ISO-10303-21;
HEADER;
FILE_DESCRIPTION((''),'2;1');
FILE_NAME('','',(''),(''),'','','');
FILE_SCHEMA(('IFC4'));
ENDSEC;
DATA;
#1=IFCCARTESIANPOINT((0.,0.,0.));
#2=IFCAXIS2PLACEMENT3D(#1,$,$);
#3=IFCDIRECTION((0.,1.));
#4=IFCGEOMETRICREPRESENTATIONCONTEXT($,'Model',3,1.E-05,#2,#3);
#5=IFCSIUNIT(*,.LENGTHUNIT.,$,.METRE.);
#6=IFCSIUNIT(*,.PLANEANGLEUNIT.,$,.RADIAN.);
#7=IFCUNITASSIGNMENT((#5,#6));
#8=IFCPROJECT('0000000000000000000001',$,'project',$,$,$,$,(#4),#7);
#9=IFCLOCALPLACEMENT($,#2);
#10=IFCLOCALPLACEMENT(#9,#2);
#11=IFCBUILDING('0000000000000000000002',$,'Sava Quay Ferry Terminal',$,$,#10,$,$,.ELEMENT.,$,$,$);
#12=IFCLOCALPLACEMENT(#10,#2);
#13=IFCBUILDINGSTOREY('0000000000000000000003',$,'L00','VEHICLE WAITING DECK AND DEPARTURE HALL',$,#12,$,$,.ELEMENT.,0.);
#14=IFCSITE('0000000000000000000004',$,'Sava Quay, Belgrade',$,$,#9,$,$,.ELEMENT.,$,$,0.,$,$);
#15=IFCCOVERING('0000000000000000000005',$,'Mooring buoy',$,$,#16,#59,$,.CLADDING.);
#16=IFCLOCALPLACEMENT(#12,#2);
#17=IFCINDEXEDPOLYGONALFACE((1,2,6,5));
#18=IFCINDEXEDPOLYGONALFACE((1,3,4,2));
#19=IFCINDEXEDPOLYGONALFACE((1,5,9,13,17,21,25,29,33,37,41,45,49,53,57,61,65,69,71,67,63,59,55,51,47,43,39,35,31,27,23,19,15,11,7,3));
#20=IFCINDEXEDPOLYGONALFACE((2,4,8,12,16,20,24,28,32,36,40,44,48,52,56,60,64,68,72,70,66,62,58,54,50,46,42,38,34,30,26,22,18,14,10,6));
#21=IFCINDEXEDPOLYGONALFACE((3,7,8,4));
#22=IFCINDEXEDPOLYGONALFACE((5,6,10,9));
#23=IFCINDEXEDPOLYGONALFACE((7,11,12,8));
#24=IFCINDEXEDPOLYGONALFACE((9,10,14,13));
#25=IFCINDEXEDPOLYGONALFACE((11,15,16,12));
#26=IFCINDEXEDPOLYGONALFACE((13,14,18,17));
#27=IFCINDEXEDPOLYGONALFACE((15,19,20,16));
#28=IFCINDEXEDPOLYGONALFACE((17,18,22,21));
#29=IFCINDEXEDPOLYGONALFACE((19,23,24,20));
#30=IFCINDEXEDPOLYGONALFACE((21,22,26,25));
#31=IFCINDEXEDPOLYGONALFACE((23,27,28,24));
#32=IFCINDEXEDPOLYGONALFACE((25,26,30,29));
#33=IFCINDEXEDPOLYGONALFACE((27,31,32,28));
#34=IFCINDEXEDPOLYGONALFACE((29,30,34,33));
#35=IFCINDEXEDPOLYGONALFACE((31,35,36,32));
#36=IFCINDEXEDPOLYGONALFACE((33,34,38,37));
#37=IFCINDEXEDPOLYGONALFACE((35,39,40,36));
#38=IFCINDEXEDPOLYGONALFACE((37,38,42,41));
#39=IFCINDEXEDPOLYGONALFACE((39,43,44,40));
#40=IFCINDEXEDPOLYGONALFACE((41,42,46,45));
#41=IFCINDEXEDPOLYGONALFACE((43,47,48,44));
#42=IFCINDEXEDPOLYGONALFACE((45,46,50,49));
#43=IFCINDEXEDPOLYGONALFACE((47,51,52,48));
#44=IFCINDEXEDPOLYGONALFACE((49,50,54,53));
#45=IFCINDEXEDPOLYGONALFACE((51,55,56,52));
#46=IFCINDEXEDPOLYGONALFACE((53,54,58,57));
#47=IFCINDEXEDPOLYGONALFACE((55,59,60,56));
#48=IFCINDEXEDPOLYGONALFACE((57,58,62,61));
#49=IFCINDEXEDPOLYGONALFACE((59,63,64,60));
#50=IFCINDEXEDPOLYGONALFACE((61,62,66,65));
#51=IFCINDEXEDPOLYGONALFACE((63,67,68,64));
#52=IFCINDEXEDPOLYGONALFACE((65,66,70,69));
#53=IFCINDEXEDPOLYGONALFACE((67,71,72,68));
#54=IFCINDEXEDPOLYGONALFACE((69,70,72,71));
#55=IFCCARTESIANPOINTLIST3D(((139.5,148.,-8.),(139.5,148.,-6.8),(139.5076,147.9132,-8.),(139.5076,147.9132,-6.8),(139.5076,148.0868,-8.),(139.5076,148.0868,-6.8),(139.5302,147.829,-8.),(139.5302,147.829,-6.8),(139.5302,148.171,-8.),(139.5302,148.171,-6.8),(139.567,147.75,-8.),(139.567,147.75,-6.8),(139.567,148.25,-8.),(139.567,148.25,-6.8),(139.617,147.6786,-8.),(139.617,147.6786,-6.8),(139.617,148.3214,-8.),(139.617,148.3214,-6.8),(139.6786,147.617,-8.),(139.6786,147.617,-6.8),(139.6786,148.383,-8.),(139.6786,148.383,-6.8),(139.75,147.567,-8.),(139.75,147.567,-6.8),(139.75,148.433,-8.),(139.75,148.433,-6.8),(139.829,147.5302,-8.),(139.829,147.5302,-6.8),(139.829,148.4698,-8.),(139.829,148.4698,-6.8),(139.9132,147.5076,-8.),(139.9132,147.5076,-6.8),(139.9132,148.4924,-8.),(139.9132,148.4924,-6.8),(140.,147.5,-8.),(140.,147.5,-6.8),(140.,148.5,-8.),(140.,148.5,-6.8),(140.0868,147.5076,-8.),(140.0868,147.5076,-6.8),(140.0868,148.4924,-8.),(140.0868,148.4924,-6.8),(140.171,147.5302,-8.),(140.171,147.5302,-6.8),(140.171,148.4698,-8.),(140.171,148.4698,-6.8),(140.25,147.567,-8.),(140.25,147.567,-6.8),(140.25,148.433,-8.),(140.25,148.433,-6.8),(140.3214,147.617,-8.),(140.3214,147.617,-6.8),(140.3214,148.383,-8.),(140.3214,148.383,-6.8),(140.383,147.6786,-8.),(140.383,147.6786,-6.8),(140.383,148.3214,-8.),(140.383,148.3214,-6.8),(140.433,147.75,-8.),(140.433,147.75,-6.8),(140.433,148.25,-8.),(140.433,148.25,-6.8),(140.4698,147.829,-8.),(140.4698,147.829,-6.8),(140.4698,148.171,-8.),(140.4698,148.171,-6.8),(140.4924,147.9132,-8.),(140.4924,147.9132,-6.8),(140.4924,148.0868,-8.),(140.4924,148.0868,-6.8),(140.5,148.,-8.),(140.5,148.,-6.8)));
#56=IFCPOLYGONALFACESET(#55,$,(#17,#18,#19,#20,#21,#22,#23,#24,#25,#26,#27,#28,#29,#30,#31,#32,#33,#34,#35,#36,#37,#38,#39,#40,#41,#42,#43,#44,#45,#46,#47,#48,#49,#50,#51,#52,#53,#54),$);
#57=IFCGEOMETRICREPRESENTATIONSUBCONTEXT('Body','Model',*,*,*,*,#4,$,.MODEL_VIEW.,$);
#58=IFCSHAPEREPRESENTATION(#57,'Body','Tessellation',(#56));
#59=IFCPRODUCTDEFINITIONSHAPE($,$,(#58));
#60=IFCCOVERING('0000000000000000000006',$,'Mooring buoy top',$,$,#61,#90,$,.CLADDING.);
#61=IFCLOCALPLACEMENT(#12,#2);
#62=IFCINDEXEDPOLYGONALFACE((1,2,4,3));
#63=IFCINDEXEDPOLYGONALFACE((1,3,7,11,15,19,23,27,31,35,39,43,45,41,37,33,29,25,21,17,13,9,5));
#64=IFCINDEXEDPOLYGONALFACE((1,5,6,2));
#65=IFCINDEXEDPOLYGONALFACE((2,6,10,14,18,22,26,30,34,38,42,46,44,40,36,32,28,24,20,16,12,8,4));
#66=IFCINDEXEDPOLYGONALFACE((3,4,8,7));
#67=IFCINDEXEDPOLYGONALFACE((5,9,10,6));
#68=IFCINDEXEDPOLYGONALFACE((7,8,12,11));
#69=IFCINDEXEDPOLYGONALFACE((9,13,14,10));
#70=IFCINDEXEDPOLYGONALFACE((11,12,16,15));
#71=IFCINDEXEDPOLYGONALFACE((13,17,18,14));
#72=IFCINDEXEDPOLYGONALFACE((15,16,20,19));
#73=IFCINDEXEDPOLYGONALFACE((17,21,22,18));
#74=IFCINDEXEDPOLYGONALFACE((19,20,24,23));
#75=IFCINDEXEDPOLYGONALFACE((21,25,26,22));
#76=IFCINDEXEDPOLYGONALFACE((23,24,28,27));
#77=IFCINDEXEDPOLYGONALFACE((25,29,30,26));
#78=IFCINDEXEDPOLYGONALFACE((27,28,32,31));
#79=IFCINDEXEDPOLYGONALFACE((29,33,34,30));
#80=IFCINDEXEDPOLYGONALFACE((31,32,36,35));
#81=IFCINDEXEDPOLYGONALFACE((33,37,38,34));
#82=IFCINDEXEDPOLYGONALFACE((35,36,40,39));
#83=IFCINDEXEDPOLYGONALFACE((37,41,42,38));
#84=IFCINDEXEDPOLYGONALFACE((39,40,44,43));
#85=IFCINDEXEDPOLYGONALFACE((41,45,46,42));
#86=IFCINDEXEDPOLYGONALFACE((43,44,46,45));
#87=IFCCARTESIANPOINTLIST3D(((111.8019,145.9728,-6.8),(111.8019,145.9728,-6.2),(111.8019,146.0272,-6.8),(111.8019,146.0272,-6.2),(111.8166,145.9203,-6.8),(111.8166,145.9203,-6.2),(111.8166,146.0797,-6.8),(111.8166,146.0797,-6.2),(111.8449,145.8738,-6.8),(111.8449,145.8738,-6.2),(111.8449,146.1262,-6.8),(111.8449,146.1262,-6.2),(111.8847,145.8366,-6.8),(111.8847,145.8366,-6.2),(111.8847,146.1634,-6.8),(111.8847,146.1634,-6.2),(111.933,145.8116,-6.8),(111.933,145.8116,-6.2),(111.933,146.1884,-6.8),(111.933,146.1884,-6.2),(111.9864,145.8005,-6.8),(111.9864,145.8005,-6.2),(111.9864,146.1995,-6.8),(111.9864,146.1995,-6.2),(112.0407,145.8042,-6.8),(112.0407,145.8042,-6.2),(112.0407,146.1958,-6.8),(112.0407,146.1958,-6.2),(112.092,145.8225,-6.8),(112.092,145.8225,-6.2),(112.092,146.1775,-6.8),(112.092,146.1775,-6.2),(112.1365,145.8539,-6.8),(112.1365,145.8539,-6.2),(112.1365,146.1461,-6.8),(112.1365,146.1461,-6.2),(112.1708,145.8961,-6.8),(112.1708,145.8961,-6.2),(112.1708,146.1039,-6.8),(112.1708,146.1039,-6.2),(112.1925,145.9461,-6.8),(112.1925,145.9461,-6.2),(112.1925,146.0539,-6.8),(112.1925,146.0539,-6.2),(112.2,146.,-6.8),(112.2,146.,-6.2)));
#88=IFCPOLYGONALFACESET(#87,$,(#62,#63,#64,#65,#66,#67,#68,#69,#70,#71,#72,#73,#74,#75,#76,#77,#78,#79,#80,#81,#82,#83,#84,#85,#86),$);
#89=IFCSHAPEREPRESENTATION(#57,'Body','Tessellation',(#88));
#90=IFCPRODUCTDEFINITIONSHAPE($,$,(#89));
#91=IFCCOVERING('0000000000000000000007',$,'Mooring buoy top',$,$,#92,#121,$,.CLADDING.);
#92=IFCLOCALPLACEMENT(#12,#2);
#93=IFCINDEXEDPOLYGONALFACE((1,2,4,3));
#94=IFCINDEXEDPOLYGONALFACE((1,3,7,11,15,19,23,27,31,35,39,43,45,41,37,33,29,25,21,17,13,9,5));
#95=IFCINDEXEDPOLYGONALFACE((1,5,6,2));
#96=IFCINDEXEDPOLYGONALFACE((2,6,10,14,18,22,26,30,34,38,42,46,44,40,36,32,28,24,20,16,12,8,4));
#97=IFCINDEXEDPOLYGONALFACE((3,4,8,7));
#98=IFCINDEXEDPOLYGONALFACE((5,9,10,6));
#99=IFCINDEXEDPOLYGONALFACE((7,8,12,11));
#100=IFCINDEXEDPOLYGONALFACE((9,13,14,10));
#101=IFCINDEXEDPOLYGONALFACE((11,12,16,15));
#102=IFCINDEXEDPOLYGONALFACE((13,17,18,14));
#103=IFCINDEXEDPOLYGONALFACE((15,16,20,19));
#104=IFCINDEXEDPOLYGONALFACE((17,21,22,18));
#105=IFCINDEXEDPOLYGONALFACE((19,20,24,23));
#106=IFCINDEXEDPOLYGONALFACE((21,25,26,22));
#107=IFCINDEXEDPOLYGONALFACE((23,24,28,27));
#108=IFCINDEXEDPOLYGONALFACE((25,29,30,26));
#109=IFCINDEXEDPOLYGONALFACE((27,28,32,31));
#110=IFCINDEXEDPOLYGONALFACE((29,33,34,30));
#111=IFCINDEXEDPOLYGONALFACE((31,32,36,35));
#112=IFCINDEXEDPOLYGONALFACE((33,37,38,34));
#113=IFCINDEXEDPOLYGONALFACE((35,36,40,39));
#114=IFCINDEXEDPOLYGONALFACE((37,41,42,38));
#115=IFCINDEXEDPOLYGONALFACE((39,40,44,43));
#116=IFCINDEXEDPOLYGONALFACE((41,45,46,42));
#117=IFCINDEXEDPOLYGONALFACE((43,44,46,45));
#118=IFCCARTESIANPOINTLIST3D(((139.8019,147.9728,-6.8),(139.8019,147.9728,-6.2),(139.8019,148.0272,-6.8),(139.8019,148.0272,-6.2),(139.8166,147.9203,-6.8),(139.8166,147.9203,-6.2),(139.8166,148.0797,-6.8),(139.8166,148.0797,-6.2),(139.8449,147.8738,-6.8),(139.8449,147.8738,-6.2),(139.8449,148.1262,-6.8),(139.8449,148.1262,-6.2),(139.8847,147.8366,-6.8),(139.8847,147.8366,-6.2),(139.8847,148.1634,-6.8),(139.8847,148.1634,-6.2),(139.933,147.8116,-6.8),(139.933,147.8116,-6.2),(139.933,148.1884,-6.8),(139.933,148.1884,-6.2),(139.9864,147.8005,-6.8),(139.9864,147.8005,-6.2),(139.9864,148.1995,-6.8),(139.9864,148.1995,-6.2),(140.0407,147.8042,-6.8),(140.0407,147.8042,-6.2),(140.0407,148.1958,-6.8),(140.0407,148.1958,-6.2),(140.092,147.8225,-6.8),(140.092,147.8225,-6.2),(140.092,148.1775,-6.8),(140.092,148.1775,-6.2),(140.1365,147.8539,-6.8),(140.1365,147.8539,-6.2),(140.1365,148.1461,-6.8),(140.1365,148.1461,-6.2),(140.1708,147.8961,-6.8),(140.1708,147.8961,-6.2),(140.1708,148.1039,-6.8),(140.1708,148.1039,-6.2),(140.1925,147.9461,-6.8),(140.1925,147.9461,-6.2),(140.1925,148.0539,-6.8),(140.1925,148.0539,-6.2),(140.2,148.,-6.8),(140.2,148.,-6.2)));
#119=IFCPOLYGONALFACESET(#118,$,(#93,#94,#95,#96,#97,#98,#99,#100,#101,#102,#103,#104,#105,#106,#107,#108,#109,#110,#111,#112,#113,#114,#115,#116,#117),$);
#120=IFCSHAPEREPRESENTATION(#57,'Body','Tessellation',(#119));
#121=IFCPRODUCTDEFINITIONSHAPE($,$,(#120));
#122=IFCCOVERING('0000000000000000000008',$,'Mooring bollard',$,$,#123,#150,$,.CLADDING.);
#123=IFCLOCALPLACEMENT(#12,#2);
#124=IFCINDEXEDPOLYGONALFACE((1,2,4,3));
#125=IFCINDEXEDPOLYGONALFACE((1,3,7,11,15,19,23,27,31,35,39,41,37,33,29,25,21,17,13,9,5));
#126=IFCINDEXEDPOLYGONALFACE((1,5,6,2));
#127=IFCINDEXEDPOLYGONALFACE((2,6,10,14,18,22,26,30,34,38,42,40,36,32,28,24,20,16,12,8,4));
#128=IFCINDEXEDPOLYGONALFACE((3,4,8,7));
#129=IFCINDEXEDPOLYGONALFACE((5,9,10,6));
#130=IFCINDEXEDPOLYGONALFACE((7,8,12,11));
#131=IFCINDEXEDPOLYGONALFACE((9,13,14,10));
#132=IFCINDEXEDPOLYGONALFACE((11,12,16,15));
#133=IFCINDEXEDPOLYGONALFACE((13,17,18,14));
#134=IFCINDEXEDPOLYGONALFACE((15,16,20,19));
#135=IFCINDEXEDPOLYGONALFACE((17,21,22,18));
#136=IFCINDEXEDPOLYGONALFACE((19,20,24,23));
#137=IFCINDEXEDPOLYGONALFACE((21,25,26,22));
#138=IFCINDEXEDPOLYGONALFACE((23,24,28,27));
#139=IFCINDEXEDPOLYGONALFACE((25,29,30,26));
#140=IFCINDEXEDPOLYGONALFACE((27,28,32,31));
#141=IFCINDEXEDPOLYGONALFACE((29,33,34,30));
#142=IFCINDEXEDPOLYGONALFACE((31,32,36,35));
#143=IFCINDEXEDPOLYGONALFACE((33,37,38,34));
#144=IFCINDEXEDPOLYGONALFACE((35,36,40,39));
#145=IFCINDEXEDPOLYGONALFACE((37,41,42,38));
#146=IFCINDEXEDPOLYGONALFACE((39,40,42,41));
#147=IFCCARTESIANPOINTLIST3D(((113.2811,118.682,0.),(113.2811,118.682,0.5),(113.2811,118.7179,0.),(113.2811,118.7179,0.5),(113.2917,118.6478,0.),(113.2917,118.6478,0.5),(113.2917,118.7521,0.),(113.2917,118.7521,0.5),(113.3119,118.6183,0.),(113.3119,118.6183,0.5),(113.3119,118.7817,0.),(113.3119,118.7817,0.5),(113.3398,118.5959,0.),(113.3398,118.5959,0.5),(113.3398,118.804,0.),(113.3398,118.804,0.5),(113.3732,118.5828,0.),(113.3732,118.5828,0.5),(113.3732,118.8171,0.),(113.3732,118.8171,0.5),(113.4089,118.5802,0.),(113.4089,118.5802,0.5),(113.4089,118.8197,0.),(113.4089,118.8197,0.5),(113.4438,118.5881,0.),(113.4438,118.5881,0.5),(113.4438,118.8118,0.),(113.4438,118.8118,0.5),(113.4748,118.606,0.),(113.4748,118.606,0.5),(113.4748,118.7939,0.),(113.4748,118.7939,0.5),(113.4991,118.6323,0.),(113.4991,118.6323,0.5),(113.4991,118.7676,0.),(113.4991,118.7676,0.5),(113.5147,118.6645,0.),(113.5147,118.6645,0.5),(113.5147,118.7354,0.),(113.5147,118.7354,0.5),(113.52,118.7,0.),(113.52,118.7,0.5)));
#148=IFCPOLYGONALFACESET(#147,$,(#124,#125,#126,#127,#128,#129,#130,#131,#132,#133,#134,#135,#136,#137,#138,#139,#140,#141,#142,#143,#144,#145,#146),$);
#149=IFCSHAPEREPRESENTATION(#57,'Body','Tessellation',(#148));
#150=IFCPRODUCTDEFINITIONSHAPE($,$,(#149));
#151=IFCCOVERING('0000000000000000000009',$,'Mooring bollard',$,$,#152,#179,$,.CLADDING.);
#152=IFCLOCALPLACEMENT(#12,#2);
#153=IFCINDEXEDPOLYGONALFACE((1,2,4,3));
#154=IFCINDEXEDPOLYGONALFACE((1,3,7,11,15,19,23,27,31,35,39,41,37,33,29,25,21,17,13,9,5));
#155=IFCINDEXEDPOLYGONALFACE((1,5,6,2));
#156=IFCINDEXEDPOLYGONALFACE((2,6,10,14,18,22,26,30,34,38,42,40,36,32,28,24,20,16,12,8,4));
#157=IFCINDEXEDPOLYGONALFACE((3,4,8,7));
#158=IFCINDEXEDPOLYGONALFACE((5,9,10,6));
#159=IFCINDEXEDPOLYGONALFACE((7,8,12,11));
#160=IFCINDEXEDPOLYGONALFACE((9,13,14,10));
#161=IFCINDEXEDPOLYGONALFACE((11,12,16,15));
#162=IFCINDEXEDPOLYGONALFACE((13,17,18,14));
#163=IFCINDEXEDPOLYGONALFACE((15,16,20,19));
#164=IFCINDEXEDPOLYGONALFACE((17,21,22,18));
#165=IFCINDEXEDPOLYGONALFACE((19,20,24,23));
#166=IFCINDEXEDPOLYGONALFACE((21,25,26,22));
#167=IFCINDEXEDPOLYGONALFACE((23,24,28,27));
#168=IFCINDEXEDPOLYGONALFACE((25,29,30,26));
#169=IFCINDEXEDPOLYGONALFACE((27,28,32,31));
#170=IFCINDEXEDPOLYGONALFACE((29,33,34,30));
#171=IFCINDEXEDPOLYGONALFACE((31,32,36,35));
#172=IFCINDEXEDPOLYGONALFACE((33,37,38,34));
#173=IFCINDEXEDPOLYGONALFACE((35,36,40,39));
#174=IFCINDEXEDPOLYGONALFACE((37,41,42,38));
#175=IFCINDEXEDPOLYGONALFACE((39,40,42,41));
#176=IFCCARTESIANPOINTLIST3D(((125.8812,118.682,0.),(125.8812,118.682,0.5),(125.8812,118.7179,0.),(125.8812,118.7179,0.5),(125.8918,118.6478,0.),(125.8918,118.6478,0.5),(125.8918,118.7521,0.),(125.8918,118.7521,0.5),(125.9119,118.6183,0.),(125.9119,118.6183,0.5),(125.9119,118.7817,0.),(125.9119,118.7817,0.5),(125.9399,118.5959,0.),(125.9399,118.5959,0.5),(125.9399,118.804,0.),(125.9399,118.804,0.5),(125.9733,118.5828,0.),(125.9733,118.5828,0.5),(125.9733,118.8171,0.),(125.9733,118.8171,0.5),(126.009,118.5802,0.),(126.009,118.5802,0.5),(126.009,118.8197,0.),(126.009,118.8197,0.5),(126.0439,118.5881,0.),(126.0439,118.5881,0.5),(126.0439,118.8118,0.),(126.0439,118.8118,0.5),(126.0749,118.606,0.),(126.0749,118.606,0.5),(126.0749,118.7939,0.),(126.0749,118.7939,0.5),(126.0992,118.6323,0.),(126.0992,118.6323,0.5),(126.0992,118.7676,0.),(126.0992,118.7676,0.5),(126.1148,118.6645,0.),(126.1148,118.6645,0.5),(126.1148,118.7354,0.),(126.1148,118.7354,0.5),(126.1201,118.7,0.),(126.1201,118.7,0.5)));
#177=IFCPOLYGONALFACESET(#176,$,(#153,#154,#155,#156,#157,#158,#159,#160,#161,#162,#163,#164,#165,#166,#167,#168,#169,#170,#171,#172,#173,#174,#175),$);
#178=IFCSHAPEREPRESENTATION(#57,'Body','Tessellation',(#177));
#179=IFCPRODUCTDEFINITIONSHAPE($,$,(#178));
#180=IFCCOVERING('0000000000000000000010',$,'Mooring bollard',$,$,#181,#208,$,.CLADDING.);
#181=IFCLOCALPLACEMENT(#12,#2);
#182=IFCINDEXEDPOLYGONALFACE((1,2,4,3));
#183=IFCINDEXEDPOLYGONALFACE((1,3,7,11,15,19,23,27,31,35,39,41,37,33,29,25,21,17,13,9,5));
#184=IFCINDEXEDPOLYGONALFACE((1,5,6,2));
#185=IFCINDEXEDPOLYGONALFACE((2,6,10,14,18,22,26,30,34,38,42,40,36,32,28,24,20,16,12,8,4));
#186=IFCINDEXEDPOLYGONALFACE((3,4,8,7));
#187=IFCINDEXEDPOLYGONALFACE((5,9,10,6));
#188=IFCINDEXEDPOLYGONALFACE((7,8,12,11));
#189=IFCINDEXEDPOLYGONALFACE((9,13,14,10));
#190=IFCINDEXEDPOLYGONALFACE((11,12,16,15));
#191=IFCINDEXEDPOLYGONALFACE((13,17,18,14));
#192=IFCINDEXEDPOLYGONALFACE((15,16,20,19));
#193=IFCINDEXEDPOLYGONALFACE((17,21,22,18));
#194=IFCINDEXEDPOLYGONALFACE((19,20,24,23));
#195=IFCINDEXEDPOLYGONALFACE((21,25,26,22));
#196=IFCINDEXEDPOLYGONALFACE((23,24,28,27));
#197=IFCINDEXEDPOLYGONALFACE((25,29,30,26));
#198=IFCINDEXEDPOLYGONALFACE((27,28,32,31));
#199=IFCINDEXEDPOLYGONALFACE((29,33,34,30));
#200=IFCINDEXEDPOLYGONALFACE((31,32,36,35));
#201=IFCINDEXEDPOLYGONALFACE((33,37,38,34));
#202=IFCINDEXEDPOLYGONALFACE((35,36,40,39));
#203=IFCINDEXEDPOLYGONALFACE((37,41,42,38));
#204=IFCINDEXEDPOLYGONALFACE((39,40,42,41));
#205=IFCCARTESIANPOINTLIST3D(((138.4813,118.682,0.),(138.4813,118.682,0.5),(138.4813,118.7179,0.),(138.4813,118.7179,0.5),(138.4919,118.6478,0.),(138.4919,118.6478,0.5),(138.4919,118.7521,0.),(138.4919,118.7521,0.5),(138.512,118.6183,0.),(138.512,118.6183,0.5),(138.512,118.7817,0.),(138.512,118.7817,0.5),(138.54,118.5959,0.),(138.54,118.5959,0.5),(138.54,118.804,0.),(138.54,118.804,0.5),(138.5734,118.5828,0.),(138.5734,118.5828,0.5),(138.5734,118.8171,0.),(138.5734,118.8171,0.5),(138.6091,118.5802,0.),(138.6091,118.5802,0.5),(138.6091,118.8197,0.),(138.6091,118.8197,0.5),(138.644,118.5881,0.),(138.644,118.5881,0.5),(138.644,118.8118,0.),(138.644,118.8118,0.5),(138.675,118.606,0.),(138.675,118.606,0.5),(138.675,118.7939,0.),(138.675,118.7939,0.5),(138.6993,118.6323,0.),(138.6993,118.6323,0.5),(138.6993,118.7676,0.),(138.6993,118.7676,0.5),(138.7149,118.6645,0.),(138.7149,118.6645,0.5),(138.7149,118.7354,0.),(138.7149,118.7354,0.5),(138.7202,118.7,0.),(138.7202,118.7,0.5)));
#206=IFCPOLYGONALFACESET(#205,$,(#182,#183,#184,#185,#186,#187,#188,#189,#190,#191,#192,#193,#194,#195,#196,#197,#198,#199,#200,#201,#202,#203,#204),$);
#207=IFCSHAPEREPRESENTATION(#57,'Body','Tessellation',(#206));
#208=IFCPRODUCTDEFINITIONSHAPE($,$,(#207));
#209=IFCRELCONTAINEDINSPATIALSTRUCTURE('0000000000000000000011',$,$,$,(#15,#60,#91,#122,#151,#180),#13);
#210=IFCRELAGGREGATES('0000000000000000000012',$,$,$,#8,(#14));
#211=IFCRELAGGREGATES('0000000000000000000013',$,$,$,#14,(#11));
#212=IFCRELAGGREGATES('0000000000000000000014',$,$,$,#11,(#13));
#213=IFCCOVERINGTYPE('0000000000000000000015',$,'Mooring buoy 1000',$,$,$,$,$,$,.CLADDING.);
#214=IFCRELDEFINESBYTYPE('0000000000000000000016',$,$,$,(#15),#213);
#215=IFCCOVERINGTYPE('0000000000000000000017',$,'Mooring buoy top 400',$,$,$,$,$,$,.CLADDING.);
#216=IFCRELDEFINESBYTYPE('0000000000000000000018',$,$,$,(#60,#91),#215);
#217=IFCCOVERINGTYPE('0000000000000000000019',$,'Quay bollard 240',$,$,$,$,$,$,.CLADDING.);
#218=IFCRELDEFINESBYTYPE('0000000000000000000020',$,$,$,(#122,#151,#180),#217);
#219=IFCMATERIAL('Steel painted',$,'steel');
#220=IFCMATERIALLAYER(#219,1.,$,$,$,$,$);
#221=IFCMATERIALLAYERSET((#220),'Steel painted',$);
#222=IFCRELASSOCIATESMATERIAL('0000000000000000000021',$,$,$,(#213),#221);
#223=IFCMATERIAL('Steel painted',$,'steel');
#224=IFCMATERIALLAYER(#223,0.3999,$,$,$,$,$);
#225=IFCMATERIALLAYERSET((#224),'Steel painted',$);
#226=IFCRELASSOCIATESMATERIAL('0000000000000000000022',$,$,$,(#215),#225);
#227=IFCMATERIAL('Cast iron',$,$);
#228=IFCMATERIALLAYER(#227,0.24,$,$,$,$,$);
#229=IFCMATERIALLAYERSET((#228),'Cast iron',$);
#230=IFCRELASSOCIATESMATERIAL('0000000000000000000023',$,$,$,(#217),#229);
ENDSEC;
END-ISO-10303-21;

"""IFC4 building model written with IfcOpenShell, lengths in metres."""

from ifc_helpers import new_model, si_unit, direction, frame, origin, origin_2d, place, context, subcontext, project, spatial, circle, extrude, material, layer, layer_set, type_object, element, save


model = new_model("IFC4")

# Units and contexts
model_context = context("Model", 3, precision=1e-05, world=origin(), true_north=direction((0.0, 1.0)))
body_context = subcontext(model_context, "Body", "Model", "MODEL_VIEW")
ifc_project = project(units=[si_unit("LENGTHUNIT", "METRE"), si_unit("PLANEANGLEUNIT", "RADIAN")], contexts=[model_context])

# Site, building, storey
site_placement = place(None, origin())
site = spatial("IfcSite", under=ifc_project, at=site_placement, Name="Sava Quay, Belgrade", CompositionType="ELEMENT", RefElevation=0.0)
building_placement = place(site_placement, origin())
building = spatial("IfcBuilding", under=site, at=building_placement, Name="Sava Quay Ferry Terminal", CompositionType="ELEMENT")
storey_placement = place(building_placement, origin())
storey = spatial("IfcBuildingStorey", under=building, at=storey_placement, Name="L00", Description="VEHICLE WAITING DECK AND DEPARTURE HALL", CompositionType="ELEMENT", Elevation=0.0)

# Coverings
ifc_material_1 = material(Name="Steel painted", Category="steel")
ifc_layer_1 = layer(ifc_material_1, 1.0)
ifc_layer_set_1 = layer_set([ifc_layer_1], Name="Steel painted")
covering_type_1 = type_object("IfcCoveringType", Name="Mooring buoy 1000", PredefinedType="CLADDING", material=ifc_layer_set_1)
for number, where, z_axis, x_axis, name in (
    (1, (140.0, 148.0, -6.8), (0.0, 0.0, -1.0), (1.0, 0.0, 0.0), "Mooring buoy"),
):
    element("IfcCovering", number, at=place(storey_placement, frame(where, z_axis=z_axis, x_axis=x_axis)), inside=storey, type_object=covering_type_1, Name=name, PredefinedType="CLADDING", context=body_context, shape_type="SweptSolid", body=[
        extrude(circle(Radius=0.5, at=origin_2d()), origin(), (0.0, 0.0, 1.0), 1.2),
    ])
ifc_material_2 = material(Name="Steel painted", Category="steel")
ifc_layer_2 = layer(ifc_material_2, 0.3999)
ifc_layer_set_2 = layer_set([ifc_layer_2], Name="Steel painted")
covering_type_2 = type_object("IfcCoveringType", Name="Mooring buoy top 400", PredefinedType="CLADDING", material=ifc_layer_set_2)
for number, where, z_axis, x_axis, name in (
    (2, (112.0, 146.0, -6.2), (0.0, 0.0, -1.0), (1.0, 0.0, 0.0), "Mooring buoy top"),
    (3, (140.0, 148.0, -6.2), (0.0, 0.0, -1.0), (1.0, 0.0, 0.0), "Mooring buoy top"),
):
    element("IfcCovering", number, at=place(storey_placement, frame(where, z_axis=z_axis, x_axis=x_axis)), inside=storey, type_object=covering_type_2, Name=name, PredefinedType="CLADDING", context=body_context, shape_type="SweptSolid", body=[
        extrude(circle(Radius=0.2, at=origin_2d()), origin(), (0.0, 0.0, 1.0), 0.6001),
    ])
ifc_material_3 = material(Name="Cast iron")
ifc_layer_3 = layer(ifc_material_3, 0.24)
ifc_layer_set_3 = layer_set([ifc_layer_3], Name="Cast iron")
covering_type_3 = type_object("IfcCoveringType", Name="Quay bollard 240", PredefinedType="CLADDING", material=ifc_layer_set_3)
for number, where, z_axis, x_axis, name in (
    (4, (113.3999, 118.7, 0.5), (0.0, 0.0, -1.0), (1.0, 0.0, 0.0), "Mooring bollard"),
    (5, (126.0, 118.7, 0.5), (0.0, 0.0, -1.0), (1.0, 0.0, 0.0), "Mooring bollard"),
    (6, (138.6001, 118.7, 0.5), (0.0, 0.0, -1.0), (1.0, 0.0, 0.0), "Mooring bollard"),
):
    element("IfcCovering", number, at=place(storey_placement, frame(where, z_axis=z_axis, x_axis=x_axis)), inside=storey, type_object=covering_type_3, Name=name, PredefinedType="CLADDING", context=body_context, shape_type="SweptSolid", body=[
        extrude(circle(Radius=0.1201, at=origin_2d()), origin(), (0.0, 0.0, 1.0), 0.5),
    ])

save(model, "model.ifc")
